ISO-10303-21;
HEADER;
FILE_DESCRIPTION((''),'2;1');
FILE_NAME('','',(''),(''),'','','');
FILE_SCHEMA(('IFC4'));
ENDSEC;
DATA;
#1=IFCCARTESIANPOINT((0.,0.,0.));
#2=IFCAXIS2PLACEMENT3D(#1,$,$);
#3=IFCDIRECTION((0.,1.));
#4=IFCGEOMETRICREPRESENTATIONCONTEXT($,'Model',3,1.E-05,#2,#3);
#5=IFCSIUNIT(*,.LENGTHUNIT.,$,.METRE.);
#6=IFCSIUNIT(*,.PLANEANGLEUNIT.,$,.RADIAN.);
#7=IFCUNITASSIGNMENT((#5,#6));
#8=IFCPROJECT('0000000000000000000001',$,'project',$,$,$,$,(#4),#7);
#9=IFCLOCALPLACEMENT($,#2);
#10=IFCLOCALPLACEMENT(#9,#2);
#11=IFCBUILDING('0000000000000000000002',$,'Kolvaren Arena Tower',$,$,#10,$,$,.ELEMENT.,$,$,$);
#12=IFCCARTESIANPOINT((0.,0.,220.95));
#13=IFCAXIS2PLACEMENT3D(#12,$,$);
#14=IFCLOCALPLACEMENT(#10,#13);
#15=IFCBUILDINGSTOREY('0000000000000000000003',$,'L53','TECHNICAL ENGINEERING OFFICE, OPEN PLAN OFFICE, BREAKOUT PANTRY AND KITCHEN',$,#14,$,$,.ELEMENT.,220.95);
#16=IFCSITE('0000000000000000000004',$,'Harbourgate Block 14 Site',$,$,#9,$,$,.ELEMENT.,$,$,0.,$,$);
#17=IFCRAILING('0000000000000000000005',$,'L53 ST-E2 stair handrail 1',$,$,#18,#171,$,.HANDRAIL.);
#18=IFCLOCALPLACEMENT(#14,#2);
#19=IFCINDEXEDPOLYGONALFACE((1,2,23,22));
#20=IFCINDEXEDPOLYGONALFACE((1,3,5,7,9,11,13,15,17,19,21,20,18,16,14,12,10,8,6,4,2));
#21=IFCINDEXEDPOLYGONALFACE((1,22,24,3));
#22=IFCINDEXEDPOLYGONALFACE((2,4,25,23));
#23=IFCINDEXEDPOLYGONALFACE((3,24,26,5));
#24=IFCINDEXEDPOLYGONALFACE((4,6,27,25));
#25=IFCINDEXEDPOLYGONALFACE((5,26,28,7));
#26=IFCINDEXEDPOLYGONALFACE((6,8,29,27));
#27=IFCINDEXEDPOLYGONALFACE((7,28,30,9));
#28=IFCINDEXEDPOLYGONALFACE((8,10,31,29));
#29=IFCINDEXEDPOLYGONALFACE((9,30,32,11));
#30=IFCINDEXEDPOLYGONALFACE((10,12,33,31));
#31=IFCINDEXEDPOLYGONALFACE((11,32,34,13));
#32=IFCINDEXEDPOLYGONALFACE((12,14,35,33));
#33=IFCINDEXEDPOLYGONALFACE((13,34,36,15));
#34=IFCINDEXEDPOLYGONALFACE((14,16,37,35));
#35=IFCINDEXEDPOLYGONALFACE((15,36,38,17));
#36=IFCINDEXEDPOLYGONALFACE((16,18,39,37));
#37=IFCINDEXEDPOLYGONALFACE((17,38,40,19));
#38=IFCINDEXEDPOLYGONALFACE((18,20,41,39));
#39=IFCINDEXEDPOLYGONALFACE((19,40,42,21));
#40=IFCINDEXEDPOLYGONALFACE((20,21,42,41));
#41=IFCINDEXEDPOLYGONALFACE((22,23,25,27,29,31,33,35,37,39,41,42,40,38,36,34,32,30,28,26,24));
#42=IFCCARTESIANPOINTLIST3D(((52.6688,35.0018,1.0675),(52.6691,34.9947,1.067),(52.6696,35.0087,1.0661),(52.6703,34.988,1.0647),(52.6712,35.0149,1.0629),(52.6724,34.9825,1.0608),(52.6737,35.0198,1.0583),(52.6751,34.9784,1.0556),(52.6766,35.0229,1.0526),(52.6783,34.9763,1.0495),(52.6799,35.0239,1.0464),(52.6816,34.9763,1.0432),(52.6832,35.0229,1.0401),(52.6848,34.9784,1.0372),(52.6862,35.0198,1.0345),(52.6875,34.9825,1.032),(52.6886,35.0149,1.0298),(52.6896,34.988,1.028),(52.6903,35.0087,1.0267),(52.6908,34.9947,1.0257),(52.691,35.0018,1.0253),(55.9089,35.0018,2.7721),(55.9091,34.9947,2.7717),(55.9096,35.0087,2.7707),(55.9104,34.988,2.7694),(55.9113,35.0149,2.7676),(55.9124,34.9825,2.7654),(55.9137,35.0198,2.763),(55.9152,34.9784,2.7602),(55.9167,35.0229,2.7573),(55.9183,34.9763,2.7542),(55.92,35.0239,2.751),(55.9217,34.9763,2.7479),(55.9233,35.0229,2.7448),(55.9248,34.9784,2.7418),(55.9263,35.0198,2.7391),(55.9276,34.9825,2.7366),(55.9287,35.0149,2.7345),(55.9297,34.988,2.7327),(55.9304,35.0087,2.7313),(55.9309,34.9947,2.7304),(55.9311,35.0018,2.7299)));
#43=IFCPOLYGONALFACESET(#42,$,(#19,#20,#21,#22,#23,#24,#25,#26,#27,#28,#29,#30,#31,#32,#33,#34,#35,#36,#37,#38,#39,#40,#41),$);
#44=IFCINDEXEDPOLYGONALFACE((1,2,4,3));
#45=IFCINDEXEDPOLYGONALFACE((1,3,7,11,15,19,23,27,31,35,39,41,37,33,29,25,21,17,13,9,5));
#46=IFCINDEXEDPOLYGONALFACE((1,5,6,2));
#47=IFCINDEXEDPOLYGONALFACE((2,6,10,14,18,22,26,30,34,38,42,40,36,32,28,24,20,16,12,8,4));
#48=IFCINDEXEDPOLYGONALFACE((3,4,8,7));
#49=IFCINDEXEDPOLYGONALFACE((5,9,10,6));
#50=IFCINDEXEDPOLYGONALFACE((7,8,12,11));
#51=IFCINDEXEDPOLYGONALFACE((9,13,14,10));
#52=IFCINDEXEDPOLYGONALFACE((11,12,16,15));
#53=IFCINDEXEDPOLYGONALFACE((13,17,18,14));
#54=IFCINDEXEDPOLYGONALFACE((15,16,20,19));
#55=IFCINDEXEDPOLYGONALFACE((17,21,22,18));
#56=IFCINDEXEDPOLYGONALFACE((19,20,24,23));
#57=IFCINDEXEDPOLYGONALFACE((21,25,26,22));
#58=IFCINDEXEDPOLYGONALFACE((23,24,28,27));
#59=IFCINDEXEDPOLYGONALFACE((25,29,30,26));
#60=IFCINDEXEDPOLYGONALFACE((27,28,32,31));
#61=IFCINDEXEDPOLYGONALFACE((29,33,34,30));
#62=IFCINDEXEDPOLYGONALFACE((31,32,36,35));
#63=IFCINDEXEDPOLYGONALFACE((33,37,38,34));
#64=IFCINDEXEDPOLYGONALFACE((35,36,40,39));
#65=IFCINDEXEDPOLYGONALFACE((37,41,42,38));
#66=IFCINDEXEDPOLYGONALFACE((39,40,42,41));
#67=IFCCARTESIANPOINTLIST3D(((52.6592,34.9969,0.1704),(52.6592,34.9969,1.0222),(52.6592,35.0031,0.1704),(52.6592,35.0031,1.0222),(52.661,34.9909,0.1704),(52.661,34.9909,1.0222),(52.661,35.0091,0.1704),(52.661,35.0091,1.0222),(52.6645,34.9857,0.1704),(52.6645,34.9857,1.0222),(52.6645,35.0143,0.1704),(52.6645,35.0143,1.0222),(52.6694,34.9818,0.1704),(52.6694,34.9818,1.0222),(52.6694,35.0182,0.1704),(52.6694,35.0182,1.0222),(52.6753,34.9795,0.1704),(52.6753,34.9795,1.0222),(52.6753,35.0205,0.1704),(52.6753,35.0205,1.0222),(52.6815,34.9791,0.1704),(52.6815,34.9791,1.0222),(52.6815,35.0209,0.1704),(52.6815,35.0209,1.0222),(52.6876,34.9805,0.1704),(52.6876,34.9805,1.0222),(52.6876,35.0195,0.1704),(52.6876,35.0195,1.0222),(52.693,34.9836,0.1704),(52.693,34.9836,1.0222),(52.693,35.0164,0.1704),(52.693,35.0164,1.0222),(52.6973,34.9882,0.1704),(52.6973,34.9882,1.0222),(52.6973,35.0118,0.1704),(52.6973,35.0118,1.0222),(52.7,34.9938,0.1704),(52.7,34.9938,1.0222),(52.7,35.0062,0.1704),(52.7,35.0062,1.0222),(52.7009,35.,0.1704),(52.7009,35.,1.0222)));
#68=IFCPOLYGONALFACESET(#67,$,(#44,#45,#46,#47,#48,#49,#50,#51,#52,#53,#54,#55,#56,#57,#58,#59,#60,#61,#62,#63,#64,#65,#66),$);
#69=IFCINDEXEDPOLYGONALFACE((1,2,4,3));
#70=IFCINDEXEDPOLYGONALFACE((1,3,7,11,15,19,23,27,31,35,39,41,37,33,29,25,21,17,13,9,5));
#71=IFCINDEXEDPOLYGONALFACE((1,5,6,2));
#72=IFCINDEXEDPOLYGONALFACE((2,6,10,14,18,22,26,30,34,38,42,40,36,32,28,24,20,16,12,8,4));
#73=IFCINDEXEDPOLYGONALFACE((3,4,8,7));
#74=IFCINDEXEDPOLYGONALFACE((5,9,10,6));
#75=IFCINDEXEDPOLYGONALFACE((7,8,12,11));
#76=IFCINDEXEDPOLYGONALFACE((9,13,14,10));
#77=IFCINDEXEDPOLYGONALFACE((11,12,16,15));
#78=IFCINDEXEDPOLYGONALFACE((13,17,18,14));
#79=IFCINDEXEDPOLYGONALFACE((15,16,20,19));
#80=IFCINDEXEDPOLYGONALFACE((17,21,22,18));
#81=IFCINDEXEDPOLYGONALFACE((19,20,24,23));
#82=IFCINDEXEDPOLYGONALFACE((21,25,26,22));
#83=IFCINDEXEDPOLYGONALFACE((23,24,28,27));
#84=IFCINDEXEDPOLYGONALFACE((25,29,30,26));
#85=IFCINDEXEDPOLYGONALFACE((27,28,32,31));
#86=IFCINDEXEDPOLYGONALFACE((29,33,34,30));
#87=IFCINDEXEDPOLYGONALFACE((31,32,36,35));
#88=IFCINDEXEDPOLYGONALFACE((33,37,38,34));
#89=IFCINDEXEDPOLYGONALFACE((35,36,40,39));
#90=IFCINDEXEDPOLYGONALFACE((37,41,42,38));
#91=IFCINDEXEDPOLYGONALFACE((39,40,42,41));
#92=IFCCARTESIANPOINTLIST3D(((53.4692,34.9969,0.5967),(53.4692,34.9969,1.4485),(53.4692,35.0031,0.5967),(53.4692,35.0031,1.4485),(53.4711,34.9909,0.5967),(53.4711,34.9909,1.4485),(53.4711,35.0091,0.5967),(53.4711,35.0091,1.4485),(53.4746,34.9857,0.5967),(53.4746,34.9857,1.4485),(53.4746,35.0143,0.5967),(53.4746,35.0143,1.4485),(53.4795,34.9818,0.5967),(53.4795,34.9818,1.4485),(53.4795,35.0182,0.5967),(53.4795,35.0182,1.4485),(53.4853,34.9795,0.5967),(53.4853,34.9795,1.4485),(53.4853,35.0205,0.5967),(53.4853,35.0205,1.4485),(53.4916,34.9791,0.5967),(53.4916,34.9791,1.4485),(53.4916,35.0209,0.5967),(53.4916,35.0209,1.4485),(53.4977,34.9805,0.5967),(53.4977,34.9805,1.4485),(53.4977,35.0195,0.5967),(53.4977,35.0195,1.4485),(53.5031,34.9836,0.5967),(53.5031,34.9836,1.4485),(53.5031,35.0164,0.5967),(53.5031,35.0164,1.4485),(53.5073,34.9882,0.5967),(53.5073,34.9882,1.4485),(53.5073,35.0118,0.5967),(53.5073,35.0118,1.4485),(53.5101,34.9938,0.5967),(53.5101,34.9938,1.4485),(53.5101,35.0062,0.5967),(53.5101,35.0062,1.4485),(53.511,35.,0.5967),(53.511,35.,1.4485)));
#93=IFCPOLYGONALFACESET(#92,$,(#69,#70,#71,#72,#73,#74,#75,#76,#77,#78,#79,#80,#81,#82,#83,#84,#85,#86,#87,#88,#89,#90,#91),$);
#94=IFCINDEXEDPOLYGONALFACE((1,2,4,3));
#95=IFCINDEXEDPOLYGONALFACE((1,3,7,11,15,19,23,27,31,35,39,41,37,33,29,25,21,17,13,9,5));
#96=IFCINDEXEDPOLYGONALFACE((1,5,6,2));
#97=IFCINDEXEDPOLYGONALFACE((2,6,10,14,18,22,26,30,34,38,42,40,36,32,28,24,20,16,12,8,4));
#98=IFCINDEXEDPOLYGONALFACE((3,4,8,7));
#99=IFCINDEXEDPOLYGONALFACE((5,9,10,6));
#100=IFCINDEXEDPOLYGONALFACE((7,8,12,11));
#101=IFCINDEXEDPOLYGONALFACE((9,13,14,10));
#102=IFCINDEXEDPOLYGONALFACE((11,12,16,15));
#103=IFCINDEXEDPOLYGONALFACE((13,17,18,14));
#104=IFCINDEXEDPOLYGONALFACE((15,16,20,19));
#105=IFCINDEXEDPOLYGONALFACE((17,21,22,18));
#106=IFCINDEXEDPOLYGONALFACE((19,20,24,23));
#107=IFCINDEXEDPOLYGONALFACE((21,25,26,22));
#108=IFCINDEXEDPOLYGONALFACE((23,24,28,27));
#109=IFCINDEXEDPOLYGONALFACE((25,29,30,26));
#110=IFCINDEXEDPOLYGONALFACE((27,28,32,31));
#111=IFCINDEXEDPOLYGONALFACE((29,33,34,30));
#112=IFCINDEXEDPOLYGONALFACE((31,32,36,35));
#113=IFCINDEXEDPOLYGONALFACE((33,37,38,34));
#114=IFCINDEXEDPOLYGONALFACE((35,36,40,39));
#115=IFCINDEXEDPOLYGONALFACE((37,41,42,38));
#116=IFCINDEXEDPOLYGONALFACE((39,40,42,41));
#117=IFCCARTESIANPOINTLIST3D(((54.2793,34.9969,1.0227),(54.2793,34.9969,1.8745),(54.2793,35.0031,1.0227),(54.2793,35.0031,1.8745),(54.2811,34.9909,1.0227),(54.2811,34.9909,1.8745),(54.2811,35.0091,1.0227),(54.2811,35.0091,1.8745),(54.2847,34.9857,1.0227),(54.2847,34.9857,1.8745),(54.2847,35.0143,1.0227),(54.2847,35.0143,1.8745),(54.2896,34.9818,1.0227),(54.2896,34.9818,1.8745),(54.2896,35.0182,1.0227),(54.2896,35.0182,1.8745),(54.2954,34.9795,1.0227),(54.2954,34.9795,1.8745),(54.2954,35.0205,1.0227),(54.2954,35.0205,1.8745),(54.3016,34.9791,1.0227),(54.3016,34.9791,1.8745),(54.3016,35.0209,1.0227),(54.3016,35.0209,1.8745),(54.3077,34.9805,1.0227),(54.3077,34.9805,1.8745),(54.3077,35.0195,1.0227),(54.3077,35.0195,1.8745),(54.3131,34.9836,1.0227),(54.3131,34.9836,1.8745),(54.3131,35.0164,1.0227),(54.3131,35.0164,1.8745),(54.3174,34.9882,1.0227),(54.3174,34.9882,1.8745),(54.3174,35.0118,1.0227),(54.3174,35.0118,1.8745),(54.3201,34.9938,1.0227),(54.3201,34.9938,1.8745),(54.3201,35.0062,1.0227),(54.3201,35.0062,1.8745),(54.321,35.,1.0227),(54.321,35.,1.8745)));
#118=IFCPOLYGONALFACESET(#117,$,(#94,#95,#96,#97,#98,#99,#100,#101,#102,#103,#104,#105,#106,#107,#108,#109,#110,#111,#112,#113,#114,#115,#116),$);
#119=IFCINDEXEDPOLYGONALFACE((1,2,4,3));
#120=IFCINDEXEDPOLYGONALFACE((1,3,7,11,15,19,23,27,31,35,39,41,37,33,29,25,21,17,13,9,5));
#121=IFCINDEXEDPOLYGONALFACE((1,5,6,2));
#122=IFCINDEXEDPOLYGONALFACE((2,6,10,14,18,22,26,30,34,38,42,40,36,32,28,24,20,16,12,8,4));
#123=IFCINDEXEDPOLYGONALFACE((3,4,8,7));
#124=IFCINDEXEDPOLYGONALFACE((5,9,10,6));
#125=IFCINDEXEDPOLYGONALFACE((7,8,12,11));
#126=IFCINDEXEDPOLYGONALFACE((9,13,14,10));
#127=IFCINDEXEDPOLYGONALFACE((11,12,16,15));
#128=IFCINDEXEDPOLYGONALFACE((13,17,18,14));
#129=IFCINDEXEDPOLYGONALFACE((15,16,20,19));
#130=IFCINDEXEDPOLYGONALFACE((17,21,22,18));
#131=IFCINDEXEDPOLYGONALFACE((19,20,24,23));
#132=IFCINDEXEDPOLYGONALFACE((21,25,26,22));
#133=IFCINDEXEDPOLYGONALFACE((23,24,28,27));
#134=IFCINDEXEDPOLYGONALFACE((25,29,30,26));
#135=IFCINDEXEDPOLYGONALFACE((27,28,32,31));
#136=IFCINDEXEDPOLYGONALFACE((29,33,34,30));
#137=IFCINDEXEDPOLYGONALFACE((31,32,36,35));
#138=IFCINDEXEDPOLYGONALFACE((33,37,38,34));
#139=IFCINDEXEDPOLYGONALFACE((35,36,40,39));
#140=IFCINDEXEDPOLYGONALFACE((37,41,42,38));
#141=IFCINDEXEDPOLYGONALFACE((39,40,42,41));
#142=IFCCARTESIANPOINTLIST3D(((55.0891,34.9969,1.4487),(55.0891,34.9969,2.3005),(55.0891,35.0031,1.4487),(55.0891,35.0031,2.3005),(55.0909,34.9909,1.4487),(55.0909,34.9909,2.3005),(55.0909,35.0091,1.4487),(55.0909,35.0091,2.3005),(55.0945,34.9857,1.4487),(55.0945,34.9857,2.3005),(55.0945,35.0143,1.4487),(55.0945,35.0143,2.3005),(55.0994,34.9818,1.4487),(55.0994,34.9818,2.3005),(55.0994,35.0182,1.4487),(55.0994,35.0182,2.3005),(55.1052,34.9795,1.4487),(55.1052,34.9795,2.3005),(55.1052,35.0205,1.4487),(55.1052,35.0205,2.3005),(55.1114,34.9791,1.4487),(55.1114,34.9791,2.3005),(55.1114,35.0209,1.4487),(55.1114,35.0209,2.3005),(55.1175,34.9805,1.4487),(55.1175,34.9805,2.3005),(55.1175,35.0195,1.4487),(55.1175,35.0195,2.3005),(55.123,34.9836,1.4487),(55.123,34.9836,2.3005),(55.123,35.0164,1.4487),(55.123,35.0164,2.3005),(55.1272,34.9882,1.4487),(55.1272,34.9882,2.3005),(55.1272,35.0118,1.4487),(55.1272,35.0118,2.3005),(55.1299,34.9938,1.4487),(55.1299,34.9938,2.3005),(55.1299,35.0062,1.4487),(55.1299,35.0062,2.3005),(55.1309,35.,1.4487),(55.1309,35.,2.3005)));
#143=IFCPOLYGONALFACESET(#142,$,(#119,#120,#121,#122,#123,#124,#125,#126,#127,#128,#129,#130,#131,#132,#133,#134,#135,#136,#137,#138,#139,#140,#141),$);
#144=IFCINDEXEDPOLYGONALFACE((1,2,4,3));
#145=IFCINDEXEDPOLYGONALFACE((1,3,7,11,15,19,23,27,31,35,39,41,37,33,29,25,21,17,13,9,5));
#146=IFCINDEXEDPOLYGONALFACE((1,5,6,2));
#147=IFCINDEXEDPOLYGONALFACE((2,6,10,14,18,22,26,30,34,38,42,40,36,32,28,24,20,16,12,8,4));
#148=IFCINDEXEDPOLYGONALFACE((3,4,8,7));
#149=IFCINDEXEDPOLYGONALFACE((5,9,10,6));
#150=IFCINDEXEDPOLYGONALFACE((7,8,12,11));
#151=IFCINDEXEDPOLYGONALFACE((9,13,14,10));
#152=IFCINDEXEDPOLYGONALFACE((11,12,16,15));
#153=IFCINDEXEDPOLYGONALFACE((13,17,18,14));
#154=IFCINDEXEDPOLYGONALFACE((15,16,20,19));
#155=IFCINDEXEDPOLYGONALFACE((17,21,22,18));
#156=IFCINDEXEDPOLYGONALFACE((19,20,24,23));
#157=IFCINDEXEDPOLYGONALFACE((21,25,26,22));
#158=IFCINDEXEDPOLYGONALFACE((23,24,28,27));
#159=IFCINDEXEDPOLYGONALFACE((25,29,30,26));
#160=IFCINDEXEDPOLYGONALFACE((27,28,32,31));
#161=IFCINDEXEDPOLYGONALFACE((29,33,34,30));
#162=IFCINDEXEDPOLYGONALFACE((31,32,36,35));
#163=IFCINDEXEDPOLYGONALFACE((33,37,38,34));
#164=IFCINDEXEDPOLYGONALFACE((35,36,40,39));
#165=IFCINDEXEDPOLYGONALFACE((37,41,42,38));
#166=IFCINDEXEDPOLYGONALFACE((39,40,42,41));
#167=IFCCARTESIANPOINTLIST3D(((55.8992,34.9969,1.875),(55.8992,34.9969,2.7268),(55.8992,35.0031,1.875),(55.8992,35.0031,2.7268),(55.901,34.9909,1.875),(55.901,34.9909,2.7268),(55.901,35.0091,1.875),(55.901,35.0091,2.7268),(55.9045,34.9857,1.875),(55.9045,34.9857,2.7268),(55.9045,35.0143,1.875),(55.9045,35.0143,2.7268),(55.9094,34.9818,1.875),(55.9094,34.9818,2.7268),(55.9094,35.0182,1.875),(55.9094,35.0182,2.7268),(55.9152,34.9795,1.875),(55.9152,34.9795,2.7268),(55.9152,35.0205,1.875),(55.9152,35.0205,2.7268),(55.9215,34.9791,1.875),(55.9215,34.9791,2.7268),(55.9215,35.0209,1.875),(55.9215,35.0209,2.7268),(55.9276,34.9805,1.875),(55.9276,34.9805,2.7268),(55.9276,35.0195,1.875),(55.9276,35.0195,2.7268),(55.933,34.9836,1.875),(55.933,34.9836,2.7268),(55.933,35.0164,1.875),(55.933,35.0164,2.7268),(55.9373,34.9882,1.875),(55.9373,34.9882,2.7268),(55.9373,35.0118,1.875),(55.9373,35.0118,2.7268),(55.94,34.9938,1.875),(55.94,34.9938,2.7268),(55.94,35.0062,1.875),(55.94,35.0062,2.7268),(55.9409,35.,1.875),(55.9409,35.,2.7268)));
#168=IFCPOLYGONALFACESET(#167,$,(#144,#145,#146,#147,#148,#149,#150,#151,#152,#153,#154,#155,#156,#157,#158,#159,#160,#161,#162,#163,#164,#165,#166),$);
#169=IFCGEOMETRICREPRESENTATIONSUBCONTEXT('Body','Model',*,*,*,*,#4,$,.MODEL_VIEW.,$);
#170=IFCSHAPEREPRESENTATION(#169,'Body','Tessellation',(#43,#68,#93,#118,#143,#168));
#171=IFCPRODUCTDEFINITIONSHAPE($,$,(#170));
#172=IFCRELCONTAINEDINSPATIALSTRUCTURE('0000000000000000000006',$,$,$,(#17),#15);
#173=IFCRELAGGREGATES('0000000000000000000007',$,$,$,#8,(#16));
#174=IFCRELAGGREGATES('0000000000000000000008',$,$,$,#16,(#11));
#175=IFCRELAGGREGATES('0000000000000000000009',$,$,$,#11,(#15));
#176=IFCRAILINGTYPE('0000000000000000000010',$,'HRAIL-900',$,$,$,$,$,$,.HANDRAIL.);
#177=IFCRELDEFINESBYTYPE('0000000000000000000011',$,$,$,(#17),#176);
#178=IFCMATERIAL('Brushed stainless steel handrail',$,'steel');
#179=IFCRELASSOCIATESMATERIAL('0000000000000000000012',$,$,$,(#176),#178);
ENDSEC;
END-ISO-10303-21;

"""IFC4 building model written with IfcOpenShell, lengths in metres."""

from ifc_helpers import new_model, si_unit, direction, frame, origin, origin_2d, place, context, subcontext, project, spatial, circle, extrude, material, type_object, element, save


model = new_model("IFC4")

# Units and contexts
model_context = context("Model", 3, precision=1e-05, world=origin(), true_north=direction((0.0, 1.0)))
body_context = subcontext(model_context, "Body", "Model", "MODEL_VIEW")
ifc_project = project(units=[si_unit("LENGTHUNIT", "METRE"), si_unit("PLANEANGLEUNIT", "RADIAN")], contexts=[model_context])

# Site, building, storey
site_placement = place(None, origin())
site = spatial("IfcSite", under=ifc_project, at=site_placement, Name="Harbourgate Block 14 Site", CompositionType="ELEMENT", RefElevation=0.0)
building_placement = place(site_placement, origin())
building = spatial("IfcBuilding", under=site, at=building_placement, Name="Kolvaren Arena Tower", CompositionType="ELEMENT")
storey_placement = place(building_placement, frame((0.0, 0.0, 220.95)))
storey = spatial("IfcBuildingStorey", under=building, at=storey_placement, Name="L53", Description="TECHNICAL ENGINEERING OFFICE, OPEN PLAN OFFICE, BREAKOUT PANTRY AND KITCHEN", CompositionType="ELEMENT", Elevation=220.95)

# Railing
ifc_material_1 = material(Name="Brushed stainless steel handrail", Category="steel")
railing_type_1 = type_object("IfcRailingType", Name="HRAIL-900", PredefinedType="HANDRAIL", material=ifc_material_1)
for number, where, name in (
    (1, (52.6799, 35.0, 0.1704), "L53 ST-E2 stair handrail 1"),
):
    element("IfcRailing", number, at=place(storey_placement, frame(where)), inside=storey, type_object=railing_type_1, Name=name, PredefinedType="HANDRAIL", context=body_context, shape_type="SweptSolid", body=[
        extrude(circle(Radius=0.0239, at=origin_2d()), frame((0.0, 0.0, 0.876), z_axis=(0.884993, 0.0, 0.465604), x_axis=(0.0, 1.0, 0.0)), (0.0, 0.0, 1.0), 3.6611),
        extrude(circle(Radius=0.021, at=origin_2d()), origin(), (0.0, 0.0, 1.0), 0.8518),
        extrude(circle(Radius=0.021, at=origin_2d()), frame((0.8101, 0.0, 0.4263)), (0.0, 0.0, 1.0), 0.8518),
        extrude(circle(Radius=0.021, at=origin_2d()), frame((1.6201, 0.0, 0.8523)), (0.0, 0.0, 1.0), 0.8518),
        extrude(circle(Radius=0.021, at=origin_2d()), frame((2.4299, 0.0, 1.2783)), (0.0, 0.0, 1.0), 0.8518),
        extrude(circle(Radius=0.021, at=origin_2d()), frame((3.24, 0.0, 1.7046)), (0.0, 0.0, 1.0), 0.8518),
    ])

save(model, "model.ifc")
